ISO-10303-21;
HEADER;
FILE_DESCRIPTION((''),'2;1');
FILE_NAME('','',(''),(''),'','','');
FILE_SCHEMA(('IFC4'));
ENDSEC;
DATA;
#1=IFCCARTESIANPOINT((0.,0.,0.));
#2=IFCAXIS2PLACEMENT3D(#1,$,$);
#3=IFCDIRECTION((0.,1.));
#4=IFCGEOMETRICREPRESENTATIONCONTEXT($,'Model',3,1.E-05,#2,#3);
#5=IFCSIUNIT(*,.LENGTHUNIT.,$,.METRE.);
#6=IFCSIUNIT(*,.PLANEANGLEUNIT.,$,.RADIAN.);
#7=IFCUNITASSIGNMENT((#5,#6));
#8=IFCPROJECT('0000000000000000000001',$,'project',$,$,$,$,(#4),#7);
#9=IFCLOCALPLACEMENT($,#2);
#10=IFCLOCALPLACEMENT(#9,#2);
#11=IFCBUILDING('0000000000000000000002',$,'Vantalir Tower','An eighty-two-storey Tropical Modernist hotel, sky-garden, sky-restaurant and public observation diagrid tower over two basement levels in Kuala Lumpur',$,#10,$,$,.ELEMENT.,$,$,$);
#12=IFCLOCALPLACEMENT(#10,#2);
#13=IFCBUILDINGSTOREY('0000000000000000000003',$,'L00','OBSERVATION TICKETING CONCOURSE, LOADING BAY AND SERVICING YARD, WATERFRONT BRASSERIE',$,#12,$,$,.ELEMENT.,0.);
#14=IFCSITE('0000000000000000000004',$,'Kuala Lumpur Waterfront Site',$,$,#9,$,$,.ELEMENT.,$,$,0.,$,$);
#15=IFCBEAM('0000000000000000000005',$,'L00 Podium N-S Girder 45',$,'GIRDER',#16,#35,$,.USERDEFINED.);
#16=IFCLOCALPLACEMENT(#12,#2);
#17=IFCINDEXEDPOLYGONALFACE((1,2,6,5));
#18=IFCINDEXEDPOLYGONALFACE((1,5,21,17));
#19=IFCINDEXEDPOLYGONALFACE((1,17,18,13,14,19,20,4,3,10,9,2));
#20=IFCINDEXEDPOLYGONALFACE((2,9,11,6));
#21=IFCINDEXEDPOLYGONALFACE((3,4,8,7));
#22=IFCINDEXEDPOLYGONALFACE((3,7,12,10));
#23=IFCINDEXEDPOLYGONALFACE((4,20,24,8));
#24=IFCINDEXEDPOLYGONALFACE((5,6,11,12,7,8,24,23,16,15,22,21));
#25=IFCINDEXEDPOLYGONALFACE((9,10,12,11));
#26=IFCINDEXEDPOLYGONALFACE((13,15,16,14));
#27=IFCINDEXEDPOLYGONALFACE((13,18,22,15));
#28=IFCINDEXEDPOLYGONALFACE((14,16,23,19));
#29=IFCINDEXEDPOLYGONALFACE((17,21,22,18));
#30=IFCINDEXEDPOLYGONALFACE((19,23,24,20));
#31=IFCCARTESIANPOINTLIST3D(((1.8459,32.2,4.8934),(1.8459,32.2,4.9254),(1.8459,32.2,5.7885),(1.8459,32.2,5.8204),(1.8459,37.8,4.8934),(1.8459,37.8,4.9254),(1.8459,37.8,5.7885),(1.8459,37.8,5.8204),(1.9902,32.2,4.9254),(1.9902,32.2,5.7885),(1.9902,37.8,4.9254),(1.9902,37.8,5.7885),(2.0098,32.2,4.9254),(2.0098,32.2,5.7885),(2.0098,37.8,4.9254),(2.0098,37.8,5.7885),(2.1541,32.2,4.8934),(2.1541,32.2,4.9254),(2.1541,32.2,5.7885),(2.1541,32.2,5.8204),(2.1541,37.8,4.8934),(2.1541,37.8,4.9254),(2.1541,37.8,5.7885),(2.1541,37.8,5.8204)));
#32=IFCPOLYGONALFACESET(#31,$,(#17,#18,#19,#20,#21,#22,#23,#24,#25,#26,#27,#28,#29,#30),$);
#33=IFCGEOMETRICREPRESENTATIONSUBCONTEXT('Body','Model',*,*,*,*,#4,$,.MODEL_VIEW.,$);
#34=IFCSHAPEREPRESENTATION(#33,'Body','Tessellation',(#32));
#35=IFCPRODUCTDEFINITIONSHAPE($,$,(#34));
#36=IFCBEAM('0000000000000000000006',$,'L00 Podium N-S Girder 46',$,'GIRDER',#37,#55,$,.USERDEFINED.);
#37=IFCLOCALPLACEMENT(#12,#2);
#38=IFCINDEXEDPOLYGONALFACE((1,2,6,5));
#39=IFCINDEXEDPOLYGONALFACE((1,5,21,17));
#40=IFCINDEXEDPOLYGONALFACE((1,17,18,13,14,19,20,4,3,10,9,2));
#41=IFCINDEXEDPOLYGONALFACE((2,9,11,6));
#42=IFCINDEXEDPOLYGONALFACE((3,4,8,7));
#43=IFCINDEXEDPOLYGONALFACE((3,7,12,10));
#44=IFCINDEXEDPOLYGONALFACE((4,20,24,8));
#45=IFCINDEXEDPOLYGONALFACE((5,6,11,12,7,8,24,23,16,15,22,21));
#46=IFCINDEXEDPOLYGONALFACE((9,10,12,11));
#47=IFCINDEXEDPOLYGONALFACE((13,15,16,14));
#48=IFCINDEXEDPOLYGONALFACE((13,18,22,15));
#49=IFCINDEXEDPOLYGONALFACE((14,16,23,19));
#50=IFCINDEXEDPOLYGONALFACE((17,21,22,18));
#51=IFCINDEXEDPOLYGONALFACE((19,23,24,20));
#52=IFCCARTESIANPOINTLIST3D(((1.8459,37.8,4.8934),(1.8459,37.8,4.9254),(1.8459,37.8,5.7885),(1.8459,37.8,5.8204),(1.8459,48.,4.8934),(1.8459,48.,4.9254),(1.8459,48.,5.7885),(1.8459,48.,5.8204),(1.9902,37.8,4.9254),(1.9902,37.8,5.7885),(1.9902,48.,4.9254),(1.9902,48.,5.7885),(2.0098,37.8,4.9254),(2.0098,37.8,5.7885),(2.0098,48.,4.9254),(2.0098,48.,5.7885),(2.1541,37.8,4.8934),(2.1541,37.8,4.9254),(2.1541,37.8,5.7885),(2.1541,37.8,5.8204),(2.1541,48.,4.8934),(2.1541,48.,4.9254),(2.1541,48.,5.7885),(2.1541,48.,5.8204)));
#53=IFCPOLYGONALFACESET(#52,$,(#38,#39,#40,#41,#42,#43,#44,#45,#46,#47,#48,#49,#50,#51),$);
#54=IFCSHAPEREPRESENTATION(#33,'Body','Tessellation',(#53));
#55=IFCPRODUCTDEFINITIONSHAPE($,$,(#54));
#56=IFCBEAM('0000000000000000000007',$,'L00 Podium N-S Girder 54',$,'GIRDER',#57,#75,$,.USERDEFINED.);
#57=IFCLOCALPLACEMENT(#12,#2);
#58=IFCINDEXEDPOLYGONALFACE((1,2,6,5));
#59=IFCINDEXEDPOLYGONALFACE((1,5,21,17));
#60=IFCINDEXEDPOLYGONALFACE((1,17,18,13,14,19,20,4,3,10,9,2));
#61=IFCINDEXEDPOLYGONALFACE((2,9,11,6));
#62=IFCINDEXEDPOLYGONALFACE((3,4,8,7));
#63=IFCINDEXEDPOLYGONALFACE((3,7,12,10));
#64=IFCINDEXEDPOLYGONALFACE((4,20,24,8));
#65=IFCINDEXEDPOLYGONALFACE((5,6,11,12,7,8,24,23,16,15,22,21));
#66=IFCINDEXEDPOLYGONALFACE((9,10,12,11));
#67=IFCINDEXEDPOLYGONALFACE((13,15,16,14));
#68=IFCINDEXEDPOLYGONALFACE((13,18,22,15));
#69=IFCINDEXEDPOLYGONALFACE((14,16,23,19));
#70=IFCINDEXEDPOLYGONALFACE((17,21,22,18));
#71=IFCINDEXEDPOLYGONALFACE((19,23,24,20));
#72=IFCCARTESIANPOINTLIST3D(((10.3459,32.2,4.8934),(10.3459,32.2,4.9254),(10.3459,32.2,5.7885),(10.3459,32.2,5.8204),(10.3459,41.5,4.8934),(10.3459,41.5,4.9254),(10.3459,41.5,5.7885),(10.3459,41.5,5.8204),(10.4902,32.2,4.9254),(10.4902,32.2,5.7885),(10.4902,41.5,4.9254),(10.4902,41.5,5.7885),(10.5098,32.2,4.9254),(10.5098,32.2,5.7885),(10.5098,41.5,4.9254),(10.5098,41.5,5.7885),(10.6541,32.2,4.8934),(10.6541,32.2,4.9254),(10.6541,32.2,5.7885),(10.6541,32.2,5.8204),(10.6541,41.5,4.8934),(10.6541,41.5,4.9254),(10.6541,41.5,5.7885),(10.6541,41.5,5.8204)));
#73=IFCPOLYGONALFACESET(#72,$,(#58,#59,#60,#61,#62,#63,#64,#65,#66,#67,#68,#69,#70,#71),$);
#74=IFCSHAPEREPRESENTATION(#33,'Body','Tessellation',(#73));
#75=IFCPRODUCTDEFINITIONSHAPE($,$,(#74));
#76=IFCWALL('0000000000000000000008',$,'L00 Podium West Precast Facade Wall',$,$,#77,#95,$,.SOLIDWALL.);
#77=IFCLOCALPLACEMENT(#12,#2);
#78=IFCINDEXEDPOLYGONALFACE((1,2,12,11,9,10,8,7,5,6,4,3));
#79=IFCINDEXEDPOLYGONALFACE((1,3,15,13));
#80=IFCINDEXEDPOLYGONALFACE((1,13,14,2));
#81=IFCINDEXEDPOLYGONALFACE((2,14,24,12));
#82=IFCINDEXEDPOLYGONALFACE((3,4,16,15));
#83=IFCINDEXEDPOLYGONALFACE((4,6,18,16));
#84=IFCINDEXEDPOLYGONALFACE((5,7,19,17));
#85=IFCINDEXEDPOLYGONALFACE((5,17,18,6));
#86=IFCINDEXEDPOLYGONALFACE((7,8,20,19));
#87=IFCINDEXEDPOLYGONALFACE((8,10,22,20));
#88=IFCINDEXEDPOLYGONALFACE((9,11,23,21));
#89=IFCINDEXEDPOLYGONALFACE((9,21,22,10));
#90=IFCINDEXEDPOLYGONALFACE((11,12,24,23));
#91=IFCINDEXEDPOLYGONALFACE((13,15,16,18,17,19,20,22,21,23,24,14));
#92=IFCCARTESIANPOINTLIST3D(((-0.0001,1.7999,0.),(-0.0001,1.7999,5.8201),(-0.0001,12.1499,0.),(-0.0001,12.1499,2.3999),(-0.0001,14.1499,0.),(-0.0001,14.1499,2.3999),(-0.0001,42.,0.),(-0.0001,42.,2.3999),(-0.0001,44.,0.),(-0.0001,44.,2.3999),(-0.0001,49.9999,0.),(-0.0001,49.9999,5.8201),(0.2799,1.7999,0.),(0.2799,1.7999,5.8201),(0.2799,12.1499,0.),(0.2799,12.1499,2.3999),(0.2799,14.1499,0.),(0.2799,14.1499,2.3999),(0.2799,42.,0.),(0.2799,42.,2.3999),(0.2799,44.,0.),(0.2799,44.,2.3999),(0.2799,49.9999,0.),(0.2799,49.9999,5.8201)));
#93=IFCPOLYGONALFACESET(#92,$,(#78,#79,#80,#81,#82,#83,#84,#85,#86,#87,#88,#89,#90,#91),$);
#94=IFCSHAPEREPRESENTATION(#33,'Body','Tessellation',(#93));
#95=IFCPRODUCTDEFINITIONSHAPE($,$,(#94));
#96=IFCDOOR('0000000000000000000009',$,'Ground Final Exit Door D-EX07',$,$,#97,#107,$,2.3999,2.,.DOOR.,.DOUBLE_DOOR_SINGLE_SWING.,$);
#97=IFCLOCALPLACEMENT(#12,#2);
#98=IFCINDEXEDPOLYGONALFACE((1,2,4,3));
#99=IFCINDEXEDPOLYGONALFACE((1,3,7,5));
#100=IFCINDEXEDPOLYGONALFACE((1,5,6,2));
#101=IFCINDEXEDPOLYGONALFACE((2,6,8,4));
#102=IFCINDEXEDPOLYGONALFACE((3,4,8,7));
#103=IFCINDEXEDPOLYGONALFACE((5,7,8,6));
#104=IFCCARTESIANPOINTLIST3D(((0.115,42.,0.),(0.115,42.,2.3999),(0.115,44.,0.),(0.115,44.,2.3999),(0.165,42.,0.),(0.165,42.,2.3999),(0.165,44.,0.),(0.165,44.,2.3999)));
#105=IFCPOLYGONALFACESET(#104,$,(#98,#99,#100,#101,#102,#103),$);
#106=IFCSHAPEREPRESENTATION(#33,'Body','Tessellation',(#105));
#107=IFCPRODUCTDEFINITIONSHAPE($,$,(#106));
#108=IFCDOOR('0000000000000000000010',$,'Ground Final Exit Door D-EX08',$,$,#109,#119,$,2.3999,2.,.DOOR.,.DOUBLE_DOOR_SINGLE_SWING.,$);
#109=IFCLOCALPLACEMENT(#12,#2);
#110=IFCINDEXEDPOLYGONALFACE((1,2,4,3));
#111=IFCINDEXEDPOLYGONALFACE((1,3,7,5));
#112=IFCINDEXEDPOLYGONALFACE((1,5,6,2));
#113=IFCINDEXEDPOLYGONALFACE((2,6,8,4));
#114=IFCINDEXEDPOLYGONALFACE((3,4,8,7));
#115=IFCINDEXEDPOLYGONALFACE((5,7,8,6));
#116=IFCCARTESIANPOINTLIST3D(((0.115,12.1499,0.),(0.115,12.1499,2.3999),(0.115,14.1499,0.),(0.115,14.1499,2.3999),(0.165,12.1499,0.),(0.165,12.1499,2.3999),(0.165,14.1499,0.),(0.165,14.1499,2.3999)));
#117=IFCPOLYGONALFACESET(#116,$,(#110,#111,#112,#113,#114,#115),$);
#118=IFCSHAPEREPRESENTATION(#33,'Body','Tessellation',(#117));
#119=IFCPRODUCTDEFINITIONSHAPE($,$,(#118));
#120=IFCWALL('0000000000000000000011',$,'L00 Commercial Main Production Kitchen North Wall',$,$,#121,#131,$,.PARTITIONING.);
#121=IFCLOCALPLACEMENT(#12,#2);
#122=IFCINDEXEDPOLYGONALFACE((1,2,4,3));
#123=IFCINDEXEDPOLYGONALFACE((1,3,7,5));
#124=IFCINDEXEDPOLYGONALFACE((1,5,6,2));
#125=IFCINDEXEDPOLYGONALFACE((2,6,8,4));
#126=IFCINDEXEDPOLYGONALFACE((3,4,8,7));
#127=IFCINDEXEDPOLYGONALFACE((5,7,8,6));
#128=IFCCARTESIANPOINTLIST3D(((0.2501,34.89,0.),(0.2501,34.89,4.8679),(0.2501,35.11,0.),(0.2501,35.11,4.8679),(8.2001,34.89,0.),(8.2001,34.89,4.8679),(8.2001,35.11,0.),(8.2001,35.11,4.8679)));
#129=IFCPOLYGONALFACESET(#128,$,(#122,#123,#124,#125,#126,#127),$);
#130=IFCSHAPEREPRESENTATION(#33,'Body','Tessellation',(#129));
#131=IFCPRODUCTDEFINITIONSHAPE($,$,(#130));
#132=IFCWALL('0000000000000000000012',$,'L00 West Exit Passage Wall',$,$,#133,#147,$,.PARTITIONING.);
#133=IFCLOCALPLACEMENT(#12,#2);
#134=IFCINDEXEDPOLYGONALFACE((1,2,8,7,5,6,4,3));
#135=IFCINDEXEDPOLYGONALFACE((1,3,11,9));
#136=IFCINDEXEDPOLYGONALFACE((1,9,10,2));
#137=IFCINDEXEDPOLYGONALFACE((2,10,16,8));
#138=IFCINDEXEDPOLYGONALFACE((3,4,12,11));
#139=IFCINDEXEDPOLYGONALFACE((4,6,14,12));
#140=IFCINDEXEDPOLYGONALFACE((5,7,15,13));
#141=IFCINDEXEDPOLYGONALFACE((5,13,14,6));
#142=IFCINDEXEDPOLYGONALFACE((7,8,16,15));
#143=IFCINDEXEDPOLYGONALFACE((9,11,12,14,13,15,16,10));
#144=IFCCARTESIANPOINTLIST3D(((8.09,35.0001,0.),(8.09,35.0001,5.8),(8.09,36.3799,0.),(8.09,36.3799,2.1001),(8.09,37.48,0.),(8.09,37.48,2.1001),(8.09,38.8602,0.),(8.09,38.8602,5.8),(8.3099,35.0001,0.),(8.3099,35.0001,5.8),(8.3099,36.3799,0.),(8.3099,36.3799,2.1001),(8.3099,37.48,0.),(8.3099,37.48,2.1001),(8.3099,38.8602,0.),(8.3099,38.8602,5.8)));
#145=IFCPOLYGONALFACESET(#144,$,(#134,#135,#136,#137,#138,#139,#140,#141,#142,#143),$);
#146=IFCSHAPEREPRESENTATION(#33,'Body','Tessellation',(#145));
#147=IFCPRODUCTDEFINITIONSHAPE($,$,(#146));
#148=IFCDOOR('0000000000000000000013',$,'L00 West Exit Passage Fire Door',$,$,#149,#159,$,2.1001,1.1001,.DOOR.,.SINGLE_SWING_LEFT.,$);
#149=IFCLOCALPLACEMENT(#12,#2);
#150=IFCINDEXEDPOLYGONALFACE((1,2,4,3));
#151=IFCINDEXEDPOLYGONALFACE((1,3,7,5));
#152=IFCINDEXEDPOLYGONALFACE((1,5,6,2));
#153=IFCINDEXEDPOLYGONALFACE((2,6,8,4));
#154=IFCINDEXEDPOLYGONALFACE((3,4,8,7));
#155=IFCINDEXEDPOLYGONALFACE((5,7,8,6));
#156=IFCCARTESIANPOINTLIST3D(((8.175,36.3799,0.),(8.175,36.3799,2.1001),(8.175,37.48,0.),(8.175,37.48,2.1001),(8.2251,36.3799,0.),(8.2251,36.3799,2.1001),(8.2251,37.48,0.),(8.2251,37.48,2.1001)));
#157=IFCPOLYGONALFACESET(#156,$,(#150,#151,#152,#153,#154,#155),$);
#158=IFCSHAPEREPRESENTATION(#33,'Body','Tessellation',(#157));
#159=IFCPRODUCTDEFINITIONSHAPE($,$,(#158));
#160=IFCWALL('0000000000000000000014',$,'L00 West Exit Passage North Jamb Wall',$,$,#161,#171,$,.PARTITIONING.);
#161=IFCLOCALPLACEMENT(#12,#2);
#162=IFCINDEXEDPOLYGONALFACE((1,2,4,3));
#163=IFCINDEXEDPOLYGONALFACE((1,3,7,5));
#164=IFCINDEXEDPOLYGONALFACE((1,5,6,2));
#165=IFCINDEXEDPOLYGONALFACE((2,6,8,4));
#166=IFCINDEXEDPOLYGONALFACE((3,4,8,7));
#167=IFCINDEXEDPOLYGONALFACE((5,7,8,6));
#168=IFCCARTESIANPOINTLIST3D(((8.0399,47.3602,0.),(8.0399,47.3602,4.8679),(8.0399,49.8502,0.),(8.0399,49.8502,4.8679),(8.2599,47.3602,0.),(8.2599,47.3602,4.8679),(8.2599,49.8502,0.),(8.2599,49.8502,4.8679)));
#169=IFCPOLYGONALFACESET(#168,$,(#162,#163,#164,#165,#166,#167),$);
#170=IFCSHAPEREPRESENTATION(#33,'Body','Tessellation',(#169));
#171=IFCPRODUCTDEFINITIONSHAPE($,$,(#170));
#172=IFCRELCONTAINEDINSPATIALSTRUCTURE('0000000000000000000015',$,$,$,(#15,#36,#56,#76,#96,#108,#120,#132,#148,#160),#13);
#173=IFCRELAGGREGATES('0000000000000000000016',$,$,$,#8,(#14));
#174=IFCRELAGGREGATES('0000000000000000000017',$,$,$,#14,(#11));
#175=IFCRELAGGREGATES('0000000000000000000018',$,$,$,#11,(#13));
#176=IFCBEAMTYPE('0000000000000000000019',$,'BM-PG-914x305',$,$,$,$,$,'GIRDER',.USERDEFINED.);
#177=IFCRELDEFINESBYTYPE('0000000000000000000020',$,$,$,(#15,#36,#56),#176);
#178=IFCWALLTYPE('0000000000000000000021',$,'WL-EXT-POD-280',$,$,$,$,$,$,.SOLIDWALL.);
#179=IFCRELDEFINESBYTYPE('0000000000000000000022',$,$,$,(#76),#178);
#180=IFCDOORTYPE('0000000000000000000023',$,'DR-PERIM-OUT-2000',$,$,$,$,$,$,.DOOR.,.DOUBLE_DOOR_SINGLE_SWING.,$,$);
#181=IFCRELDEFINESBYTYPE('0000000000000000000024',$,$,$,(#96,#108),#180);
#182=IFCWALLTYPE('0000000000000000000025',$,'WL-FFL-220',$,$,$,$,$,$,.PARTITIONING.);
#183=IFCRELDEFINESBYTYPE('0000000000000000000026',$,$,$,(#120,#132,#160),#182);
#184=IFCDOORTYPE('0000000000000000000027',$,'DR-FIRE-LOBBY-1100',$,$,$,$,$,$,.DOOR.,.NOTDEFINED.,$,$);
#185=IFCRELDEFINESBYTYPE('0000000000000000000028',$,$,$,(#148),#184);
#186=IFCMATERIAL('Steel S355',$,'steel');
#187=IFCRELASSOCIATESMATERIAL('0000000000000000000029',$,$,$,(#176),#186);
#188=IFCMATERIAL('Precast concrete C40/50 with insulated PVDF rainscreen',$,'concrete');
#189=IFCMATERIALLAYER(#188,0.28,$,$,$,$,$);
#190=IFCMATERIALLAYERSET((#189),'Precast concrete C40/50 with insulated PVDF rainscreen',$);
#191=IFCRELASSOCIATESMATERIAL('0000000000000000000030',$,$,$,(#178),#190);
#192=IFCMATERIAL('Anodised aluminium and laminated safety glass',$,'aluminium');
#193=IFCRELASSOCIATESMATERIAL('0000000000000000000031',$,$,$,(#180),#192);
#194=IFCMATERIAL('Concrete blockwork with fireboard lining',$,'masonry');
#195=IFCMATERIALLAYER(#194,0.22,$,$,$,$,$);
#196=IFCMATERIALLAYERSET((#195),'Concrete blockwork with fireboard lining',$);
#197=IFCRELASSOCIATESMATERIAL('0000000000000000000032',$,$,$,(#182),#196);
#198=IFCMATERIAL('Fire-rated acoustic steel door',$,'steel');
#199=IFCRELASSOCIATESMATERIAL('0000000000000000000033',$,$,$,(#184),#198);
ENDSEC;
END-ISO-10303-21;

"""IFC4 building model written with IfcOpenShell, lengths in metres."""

from ifc_helpers import new_model, si_unit, direction, frame, frame_2d, origin, origin_2d, place, context, subcontext, project, spatial, rectangle, i_section, extrude, material, layer, layer_set, material_profile, profile_set, type_object, element, fill, save


model = new_model("IFC4")

# Units and contexts
model_context = context("Model", 3, precision=1e-05, world=origin(), true_north=direction((0.0, 1.0)))
body_context = subcontext(model_context, "Body", "Model", "MODEL_VIEW")
ifc_project = project(units=[si_unit("LENGTHUNIT", "METRE"), si_unit("PLANEANGLEUNIT", "RADIAN")], contexts=[model_context])

# Site, building, storey
site_placement = place(None, origin())
site = spatial("IfcSite", under=ifc_project, at=site_placement, Name="Kuala Lumpur Waterfront Site", CompositionType="ELEMENT", RefElevation=0.0)
building_placement = place(site_placement, origin())
building = spatial("IfcBuilding", under=site, at=building_placement, Name="Vantalir Tower", Description="An eighty-two-storey Tropical Modernist hotel, sky-garden, sky-restaurant and public observation diagrid tower over two basement levels in Kuala Lumpur", CompositionType="ELEMENT")
storey_placement = place(building_placement, origin())
storey = spatial("IfcBuildingStorey", under=building, at=storey_placement, Name="L00", Description="OBSERVATION TICKETING CONCOURSE, LOADING BAY AND SERVICING YARD, WATERFRONT BRASSERIE", CompositionType="ELEMENT", Elevation=0.0)

# Beams
ifc_material_1 = material(Name="Steel S355", Category="steel")
ifc_material_profile_1 = material_profile(ifc_material_1, i_section(OverallWidth=0.3081, OverallDepth=0.927, WebThickness=0.0195, FlangeThickness=0.032, at=origin_2d()), Name="Steel S355")
ifc_profile_set_1 = profile_set([ifc_material_profile_1], Name="Steel S355")
beam_type_1 = type_object("IfcBeamType", Name="BM-PG-914x305", ElementType="GIRDER", PredefinedType="USERDEFINED", material=ifc_profile_set_1)
beam_1_placement = place(storey_placement, frame((2.0, 32.2, 5.3569), z_axis=(0.0, 1.0, 0.0), x_axis=(-1.0, 0.0, 0.0)))
element("IfcBeam", 1, at=beam_1_placement, inside=storey, type_object=beam_type_1, Name="L00 Podium N-S Girder 45", ObjectType="GIRDER", PredefinedType="USERDEFINED", context=body_context, shape_type="SweptSolid", body=[
    extrude(i_section(OverallWidth=0.3081, OverallDepth=0.927, WebThickness=0.0195, FlangeThickness=0.032, at=origin_2d()), origin(), (0.0, 0.0, 1.0), 5.6001),
])
beam_2_placement = place(storey_placement, frame((2.0, 37.8, 5.3569), z_axis=(0.0, 1.0, 0.0), x_axis=(-1.0, 0.0, 0.0)))
element("IfcBeam", 2, at=beam_2_placement, inside=storey, type_object=beam_type_1, Name="L00 Podium N-S Girder 46", ObjectType="GIRDER", PredefinedType="USERDEFINED", context=body_context, shape_type="SweptSolid", body=[
    extrude(i_section(OverallWidth=0.3081, OverallDepth=0.927, WebThickness=0.0195, FlangeThickness=0.032, at=origin_2d()), origin(), (0.0, 0.0, 1.0), 10.2),
])
beam_3_placement = place(storey_placement, frame((10.5, 32.2, 5.3569), z_axis=(0.0, 1.0, 0.0), x_axis=(-1.0, 0.0, 0.0)))
element("IfcBeam", 3, at=beam_3_placement, inside=storey, type_object=beam_type_1, Name="L00 Podium N-S Girder 54", ObjectType="GIRDER", PredefinedType="USERDEFINED", context=body_context, shape_type="SweptSolid", body=[
    extrude(i_section(OverallWidth=0.3081, OverallDepth=0.927, WebThickness=0.0195, FlangeThickness=0.032, at=origin_2d()), origin(), (0.0, 0.0, 1.0), 9.3),
])

# Wall, openings, doors
ifc_material_2 = material(Name="Precast concrete C40/50 with insulated PVDF rainscreen", Category="concrete")
ifc_layer_1 = layer(ifc_material_2, 0.28)
ifc_layer_set_1 = layer_set([ifc_layer_1], Name="Precast concrete C40/50 with insulated PVDF rainscreen")
wall_type_1 = type_object("IfcWallType", Name="WL-EXT-POD-280", PredefinedType="SOLIDWALL", material=ifc_layer_set_1)
wall_1_placement = place(storey_placement, frame((0.1399, 50.0, 0.0), z_axis=(0.0, 0.0, 1.0), x_axis=(0.0, -1.0, 0.0)))
wall_1 = element("IfcWall", 4, at=wall_1_placement, inside=storey, type_object=wall_type_1, Name="L00 Podium West Precast Facade Wall", PredefinedType="SOLIDWALL", context=body_context, shape_type="SweptSolid", body=[
    extrude(rectangle(XDim=48.2, YDim=0.28, at=frame_2d((24.1001, 0.0))), origin(), (0.0, 0.0, 1.0), 5.8201),
])
opening_1_placement = place(wall_1_placement, frame((6.0, 0.0, 0.0)))
opening_1 = element("IfcOpeningElement", 5, at=opening_1_placement, cuts=wall_1, PredefinedType="OPENING", context=body_context, shape_type="SweptSolid", body=[
    extrude(rectangle(XDim=2.0, YDim=2.3999, at=frame_2d((1.0, 1.2))), frame((0.0, 0.1499, 0.0), z_axis=(0.0, -1.0, 0.0), x_axis=(1.0, 0.0, 0.0)), (0.0, 0.0, 1.0), 0.3),
])
opening_2_placement = place(wall_1_placement, frame((35.8501, 0.0, 0.0)))
opening_2 = element("IfcOpeningElement", 6, at=opening_2_placement, cuts=wall_1, PredefinedType="OPENING", context=body_context, shape_type="SweptSolid", body=[
    extrude(rectangle(XDim=2.0, YDim=2.3999, at=frame_2d((1.0, 1.2))), frame((0.0, 0.1499, 0.0), z_axis=(0.0, -1.0, 0.0), x_axis=(1.0, 0.0, 0.0)), (0.0, 0.0, 1.0), 0.3),
])
ifc_material_3 = material(Name="Anodised aluminium and laminated safety glass", Category="aluminium")
door_type_1 = type_object("IfcDoorType", Name="DR-PERIM-OUT-2000", OperationType="DOUBLE_DOOR_SINGLE_SWING", PredefinedType="DOOR", material=ifc_material_3)
door_1_placement = place(opening_1_placement, frame((2.0, 0.0, 0.0), z_axis=(0.0, 0.0, 1.0), x_axis=(-1.0, 0.0, 0.0)))
door_1 = element("IfcDoor", 7, at=door_1_placement, inside=storey, type_object=door_type_1, Name="Ground Final Exit Door D-EX07", OperationType="DOUBLE_DOOR_SINGLE_SWING", OverallHeight=2.3999, OverallWidth=2.0, PredefinedType="DOOR", context=body_context, shape_type="SweptSolid", body=[
    extrude(rectangle(XDim=2.0, YDim=2.3999, at=frame_2d((1.0, 1.2))), frame((0.0, 0.0249, 0.0), z_axis=(0.0, -1.0, 0.0), x_axis=(1.0, 0.0, 0.0)), (0.0, 0.0, 1.0), 0.05),
])
fill(opening_1, door_1)
door_2_placement = place(opening_2_placement, frame((2.0, 0.0, 0.0), z_axis=(0.0, 0.0, 1.0), x_axis=(-1.0, 0.0, 0.0)))
door_2 = element("IfcDoor", 8, at=door_2_placement, inside=storey, type_object=door_type_1, Name="Ground Final Exit Door D-EX08", OperationType="DOUBLE_DOOR_SINGLE_SWING", OverallHeight=2.3999, OverallWidth=2.0, PredefinedType="DOOR", context=body_context, shape_type="SweptSolid", body=[
    extrude(rectangle(XDim=2.0, YDim=2.3999, at=frame_2d((1.0, 1.2))), frame((0.0, 0.0249, 0.0), z_axis=(0.0, -1.0, 0.0), x_axis=(1.0, 0.0, 0.0)), (0.0, 0.0, 1.0), 0.05),
])
fill(opening_2, door_2)

# Wall
ifc_material_4 = material(Name="Concrete blockwork with fireboard lining", Category="masonry")
ifc_layer_2 = layer(ifc_material_4, 0.22)
ifc_layer_set_2 = layer_set([ifc_layer_2], Name="Concrete blockwork with fireboard lining")
wall_type_2 = type_object("IfcWallType", Name="WL-FFL-220", PredefinedType="PARTITIONING", material=ifc_layer_set_2)
wall_2_placement = place(storey_placement, frame((0.25, 35.0, 0.0), z_axis=(0.0, 0.0, 1.0), x_axis=(1.0, 0.0, 0.0)))
element("IfcWall", 9, at=wall_2_placement, inside=storey, type_object=wall_type_2, Name="L00 Commercial Main Production Kitchen North Wall", PredefinedType="PARTITIONING", context=body_context, shape_type="SweptSolid", body=[
    extrude(rectangle(XDim=7.95, YDim=0.22, at=frame_2d((3.9751, 0.0))), origin(), (0.0, 0.0, 1.0), 4.8679),
])

# Wall, opening, door
wall_3_placement = place(storey_placement, frame((8.2, 35.0, 0.0), z_axis=(0.0, 0.0, 1.0), x_axis=(0.0, 1.0, 0.0)))
wall_3 = element("IfcWall", 10, at=wall_3_placement, inside=storey, type_object=wall_type_2, Name="L00 West Exit Passage Wall", PredefinedType="PARTITIONING", context=body_context, shape_type="SweptSolid", body=[
    extrude(rectangle(XDim=3.8601, YDim=0.22, at=frame_2d((1.9302, 0.0))), origin(), (0.0, 0.0, 1.0), 5.8),
])
opening_3_placement = place(wall_3_placement, frame((1.3799, 0.0, 0.0)))
opening_3 = element("IfcOpeningElement", 11, at=opening_3_placement, cuts=wall_3, PredefinedType="OPENING", context=body_context, shape_type="SweptSolid", body=[
    extrude(rectangle(XDim=1.1001, YDim=2.1001, at=frame_2d((0.55, 1.05))), frame((0.0, 0.1199, 0.0), z_axis=(0.0, -1.0, 0.0), x_axis=(1.0, 0.0, 0.0)), (0.0, 0.0, 1.0), 0.24),
])
ifc_material_5 = material(Name="Fire-rated acoustic steel door", Category="steel")
door_type_2 = type_object("IfcDoorType", Name="DR-FIRE-LOBBY-1100", OperationType="NOTDEFINED", PredefinedType="DOOR", material=ifc_material_5)
door_3_placement = place(opening_3_placement, origin())
door_3 = element("IfcDoor", 12, at=door_3_placement, inside=storey, type_object=door_type_2, Name="L00 West Exit Passage Fire Door", OperationType="SINGLE_SWING_LEFT", OverallHeight=2.1001, OverallWidth=1.1001, PredefinedType="DOOR", context=body_context, shape_type="SweptSolid", body=[
    extrude(rectangle(XDim=1.1001, YDim=2.1001, at=frame_2d((0.55, 1.05))), frame((0.0, 0.0249, 0.0), z_axis=(0.0, -1.0, 0.0), x_axis=(1.0, 0.0, 0.0)), (0.0, 0.0, 1.0), 0.05),
])
fill(opening_3, door_3)

# Wall
wall_4_placement = place(storey_placement, frame((8.1499, 47.3601, 0.0), z_axis=(0.0, 0.0, 1.0), x_axis=(0.0, 1.0, 0.0)))
element("IfcWall", 13, at=wall_4_placement, inside=storey, type_object=wall_type_2, Name="L00 West Exit Passage North Jamb Wall", PredefinedType="PARTITIONING", context=body_context, shape_type="SweptSolid", body=[
    extrude(rectangle(XDim=2.49, YDim=0.22, at=frame_2d((1.2451, 0.0))), origin(), (0.0, 0.0, 1.0), 4.8679),
])

save(model, "model.ifc")
